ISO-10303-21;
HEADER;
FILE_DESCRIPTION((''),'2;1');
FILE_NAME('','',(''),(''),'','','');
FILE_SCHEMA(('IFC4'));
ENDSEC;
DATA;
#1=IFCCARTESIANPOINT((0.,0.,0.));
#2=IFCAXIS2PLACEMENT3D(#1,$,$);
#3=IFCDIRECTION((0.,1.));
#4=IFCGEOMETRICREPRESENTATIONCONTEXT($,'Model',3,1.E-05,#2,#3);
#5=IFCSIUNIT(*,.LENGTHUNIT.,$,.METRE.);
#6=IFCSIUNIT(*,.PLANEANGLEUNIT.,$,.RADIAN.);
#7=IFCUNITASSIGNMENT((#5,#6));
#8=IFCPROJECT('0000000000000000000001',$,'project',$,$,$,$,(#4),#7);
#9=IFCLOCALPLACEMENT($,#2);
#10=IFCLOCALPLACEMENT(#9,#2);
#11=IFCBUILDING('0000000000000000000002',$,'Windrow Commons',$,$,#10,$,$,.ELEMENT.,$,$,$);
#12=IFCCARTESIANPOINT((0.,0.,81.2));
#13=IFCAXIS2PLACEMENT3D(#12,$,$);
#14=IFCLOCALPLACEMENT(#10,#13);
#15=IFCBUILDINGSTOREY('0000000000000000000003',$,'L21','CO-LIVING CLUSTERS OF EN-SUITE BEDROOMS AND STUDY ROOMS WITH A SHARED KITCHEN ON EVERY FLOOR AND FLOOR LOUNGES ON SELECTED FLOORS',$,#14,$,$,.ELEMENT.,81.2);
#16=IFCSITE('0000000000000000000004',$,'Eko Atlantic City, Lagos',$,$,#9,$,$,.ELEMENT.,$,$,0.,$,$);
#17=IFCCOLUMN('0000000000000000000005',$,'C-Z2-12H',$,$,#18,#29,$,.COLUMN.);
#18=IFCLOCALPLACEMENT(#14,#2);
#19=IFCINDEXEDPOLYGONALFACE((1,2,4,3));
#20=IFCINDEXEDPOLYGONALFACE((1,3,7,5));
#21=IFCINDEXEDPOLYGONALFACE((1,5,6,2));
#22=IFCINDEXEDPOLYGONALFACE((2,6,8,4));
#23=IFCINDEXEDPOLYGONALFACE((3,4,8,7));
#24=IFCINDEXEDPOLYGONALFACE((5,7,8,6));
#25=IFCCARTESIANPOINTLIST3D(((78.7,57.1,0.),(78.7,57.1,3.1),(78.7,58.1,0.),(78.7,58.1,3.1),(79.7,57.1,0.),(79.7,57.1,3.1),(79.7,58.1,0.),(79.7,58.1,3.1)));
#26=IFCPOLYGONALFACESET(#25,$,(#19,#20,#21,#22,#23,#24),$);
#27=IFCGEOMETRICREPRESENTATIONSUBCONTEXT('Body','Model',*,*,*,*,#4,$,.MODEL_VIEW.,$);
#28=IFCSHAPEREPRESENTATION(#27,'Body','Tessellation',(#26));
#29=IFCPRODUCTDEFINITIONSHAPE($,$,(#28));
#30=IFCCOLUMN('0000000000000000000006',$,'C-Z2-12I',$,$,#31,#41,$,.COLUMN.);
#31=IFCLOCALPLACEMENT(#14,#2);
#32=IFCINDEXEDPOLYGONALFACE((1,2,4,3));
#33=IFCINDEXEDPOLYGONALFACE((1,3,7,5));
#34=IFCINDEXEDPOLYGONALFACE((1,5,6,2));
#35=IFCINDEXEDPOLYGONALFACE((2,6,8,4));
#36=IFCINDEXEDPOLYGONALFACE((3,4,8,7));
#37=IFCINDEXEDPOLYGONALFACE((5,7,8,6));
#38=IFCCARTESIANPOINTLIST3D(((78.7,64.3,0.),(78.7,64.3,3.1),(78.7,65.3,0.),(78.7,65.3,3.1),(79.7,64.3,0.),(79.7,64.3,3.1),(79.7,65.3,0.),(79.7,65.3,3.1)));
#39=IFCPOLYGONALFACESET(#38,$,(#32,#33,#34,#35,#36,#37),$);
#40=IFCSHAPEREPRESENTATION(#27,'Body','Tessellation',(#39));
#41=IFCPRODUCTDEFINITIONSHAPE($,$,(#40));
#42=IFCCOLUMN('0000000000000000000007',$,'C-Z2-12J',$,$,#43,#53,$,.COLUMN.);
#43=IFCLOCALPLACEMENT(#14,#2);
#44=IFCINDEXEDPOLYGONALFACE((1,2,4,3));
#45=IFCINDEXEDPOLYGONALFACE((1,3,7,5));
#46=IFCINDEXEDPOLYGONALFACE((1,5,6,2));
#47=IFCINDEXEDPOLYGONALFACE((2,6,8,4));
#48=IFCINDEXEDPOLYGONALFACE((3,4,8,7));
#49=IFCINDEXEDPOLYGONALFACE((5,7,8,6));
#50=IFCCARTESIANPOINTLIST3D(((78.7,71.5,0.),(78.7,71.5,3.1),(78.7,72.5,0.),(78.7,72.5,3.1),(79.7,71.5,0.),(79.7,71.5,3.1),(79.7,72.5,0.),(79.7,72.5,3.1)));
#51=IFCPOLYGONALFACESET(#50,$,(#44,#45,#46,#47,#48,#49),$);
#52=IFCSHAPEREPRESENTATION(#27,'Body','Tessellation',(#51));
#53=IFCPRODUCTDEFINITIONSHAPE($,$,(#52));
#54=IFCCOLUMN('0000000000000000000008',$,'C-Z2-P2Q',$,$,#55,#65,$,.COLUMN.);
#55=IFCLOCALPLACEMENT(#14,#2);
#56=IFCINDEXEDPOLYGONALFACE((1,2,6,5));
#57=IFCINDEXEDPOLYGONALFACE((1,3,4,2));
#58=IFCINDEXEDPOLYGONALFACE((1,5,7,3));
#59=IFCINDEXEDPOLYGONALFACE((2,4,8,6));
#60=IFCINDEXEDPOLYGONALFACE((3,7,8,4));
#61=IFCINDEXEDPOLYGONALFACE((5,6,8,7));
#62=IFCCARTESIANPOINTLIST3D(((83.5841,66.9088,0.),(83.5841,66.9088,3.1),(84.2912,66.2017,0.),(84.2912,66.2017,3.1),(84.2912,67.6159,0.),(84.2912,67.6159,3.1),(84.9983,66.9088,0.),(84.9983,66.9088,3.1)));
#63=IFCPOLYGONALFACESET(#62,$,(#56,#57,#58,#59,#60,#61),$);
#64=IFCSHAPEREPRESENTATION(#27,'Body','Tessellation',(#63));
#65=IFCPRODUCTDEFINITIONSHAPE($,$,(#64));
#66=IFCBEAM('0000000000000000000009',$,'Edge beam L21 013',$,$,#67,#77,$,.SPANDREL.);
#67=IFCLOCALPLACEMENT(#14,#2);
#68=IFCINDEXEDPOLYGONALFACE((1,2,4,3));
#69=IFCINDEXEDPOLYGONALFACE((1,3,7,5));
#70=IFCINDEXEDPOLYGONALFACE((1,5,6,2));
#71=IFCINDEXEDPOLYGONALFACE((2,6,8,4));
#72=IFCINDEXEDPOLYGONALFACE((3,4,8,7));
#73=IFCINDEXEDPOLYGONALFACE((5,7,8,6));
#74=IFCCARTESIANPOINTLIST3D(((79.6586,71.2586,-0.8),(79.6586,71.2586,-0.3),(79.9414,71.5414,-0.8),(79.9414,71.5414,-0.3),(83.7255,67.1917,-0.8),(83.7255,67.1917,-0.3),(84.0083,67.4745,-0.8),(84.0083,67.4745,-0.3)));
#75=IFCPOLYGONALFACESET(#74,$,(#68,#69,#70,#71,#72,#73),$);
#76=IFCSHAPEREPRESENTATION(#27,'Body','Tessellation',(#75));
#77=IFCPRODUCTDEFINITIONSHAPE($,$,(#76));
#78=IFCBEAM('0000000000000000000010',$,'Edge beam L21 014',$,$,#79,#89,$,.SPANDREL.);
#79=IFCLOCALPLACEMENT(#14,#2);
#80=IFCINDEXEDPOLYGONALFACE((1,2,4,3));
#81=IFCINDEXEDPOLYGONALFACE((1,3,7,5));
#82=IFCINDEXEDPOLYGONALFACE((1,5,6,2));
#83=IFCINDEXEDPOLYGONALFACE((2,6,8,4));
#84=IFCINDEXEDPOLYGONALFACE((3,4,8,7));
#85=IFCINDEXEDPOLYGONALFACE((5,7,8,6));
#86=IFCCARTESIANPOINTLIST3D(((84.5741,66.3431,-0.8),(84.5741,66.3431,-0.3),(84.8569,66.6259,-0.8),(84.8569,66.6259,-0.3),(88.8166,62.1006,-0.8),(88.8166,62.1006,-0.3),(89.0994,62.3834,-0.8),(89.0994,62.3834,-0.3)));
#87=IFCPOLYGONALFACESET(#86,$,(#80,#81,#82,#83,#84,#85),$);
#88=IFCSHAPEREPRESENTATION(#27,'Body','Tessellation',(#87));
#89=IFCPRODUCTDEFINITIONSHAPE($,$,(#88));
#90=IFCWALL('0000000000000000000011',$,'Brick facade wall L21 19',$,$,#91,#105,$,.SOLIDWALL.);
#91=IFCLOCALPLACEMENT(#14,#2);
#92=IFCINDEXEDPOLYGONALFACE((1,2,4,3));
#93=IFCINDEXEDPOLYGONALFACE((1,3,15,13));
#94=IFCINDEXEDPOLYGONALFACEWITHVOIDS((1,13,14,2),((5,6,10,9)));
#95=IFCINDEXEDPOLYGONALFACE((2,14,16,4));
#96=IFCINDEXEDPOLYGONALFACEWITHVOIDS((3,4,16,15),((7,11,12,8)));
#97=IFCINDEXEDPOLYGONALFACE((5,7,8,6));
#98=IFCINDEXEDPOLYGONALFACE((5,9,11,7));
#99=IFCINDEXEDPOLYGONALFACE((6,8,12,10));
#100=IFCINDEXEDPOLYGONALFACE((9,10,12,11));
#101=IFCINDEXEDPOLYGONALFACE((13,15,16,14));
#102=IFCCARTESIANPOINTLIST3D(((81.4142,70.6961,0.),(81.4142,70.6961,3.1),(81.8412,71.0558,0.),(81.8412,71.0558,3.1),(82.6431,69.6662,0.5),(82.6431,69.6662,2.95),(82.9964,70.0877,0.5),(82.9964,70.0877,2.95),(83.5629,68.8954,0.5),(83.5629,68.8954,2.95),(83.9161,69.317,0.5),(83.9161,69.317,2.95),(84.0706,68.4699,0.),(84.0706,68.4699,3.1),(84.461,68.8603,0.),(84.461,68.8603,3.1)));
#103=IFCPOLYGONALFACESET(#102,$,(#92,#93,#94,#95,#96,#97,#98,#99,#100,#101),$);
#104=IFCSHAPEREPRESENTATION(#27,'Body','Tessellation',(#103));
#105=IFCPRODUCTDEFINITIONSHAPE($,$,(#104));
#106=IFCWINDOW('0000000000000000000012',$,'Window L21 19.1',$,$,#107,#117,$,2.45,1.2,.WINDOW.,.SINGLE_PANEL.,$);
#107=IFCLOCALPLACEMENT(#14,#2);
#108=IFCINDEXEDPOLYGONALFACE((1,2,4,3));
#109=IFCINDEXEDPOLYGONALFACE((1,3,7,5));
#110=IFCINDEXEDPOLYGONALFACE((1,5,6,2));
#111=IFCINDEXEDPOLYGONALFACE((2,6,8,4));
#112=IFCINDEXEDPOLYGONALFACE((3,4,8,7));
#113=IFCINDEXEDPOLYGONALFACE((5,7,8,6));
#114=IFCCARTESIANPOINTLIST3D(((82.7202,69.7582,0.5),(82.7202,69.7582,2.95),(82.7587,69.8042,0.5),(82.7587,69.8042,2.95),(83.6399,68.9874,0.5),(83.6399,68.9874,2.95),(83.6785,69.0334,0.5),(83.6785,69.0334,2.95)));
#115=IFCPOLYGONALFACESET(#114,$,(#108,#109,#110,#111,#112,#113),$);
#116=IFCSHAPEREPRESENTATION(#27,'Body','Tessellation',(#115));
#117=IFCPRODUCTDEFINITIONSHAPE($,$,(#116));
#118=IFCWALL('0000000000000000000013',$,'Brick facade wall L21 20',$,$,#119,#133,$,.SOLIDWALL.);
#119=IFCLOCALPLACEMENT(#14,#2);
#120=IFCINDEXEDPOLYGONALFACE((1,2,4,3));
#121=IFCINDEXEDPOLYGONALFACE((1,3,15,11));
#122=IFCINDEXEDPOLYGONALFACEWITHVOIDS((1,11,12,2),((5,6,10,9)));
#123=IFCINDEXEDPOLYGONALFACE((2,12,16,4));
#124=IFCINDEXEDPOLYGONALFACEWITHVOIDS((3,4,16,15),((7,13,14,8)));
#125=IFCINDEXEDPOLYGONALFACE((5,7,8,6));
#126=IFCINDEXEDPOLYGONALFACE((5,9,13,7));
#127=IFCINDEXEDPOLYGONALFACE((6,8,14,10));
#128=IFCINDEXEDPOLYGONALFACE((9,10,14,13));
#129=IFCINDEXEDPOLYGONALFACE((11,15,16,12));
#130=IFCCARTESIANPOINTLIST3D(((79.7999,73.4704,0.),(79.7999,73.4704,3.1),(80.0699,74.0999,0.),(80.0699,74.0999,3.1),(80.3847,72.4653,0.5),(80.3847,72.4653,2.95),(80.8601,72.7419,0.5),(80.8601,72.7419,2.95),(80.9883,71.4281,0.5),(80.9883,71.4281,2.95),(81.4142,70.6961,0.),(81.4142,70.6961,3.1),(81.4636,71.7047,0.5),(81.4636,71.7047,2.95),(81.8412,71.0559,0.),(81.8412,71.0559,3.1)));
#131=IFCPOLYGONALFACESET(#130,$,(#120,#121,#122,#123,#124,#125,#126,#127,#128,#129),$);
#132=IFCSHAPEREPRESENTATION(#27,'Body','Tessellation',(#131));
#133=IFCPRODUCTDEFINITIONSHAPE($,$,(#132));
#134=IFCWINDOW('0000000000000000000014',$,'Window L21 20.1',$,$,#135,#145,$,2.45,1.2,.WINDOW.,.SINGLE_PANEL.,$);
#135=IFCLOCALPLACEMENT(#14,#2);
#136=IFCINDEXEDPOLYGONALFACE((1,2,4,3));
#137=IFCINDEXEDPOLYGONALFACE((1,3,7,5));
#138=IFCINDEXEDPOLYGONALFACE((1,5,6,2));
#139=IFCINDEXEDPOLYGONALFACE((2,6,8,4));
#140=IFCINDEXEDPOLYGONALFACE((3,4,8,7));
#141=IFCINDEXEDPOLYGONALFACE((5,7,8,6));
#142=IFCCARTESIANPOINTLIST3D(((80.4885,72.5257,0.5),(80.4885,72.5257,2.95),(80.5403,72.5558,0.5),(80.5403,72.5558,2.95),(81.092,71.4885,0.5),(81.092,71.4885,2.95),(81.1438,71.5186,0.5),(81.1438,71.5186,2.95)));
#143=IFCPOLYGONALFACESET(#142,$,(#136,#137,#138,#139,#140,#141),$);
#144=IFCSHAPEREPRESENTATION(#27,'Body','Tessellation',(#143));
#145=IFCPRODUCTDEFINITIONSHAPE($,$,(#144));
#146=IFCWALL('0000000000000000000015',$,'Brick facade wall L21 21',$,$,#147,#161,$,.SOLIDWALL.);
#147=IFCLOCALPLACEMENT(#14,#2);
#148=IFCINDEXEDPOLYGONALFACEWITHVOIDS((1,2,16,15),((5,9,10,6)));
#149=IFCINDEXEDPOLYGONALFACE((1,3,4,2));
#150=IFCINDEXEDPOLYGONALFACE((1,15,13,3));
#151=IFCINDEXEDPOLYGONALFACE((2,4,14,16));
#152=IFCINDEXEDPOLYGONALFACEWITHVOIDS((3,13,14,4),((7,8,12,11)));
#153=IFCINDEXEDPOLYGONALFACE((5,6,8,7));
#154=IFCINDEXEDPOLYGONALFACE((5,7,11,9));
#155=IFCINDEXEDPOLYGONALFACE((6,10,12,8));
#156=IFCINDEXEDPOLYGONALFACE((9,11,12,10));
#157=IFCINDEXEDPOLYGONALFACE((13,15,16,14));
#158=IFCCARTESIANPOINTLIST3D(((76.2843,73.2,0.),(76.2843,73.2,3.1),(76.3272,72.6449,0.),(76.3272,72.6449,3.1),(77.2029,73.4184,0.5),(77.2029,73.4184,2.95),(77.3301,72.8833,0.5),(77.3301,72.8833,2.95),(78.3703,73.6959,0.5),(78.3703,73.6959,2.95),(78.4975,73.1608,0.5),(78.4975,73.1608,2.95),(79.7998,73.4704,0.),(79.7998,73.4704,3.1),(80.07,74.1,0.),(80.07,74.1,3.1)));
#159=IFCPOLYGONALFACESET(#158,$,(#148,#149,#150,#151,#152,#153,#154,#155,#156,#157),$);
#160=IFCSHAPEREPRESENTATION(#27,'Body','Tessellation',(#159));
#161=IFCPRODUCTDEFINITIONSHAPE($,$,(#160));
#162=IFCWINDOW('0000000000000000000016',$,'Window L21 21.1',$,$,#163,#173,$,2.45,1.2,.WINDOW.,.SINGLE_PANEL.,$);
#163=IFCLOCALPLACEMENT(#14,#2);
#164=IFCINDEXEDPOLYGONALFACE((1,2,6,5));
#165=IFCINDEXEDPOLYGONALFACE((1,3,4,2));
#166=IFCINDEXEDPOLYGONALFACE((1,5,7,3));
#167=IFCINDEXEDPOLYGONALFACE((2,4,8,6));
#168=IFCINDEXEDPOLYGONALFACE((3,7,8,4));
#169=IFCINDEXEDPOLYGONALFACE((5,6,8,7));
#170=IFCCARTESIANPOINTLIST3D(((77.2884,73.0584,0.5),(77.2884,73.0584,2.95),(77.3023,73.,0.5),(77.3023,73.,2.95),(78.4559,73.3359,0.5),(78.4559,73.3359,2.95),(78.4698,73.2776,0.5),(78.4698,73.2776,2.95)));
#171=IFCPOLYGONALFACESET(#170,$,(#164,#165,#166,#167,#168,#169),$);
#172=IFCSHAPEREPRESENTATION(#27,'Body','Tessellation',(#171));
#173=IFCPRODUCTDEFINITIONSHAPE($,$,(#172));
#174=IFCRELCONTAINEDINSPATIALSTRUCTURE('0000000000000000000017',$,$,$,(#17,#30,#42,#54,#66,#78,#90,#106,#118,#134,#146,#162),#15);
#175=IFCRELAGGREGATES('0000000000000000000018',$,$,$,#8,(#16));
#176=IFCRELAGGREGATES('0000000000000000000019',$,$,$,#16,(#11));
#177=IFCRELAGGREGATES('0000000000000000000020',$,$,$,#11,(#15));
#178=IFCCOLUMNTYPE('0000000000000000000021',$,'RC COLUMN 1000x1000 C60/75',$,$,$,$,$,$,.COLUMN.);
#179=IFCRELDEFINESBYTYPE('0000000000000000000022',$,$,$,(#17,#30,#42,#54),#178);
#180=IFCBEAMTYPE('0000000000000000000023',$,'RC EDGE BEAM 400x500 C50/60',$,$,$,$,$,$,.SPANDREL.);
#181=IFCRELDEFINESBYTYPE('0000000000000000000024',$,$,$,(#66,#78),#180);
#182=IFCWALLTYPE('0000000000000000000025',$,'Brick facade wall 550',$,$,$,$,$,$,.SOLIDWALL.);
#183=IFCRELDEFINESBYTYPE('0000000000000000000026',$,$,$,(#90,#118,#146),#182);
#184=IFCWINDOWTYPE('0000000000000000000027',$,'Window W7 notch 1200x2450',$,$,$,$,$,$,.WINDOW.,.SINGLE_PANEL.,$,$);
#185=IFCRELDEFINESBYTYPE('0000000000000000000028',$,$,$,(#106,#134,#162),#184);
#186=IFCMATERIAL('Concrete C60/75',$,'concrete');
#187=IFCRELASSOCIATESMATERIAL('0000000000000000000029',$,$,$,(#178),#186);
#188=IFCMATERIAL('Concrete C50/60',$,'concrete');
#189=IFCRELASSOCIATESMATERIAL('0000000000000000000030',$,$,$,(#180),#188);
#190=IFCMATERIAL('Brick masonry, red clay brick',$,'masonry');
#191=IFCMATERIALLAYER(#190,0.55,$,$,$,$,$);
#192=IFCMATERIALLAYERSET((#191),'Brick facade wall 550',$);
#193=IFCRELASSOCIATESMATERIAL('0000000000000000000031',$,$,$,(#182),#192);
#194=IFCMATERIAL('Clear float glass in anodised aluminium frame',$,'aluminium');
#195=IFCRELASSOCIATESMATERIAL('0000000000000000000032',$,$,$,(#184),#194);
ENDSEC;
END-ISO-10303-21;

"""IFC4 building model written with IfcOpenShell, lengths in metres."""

from ifc_helpers import new_model, si_unit, direction, frame, frame_2d, origin, origin_2d, place, context, subcontext, project, spatial, polyline, rectangle, outline, extrude, material, layer, layer_set, material_profile, profile_set, type_object, element, fill, save


model = new_model("IFC4")

# Units and contexts
model_context = context("Model", 3, precision=1e-05, world=origin(), true_north=direction((0.0, 1.0)))
body_context = subcontext(model_context, "Body", "Model", "MODEL_VIEW")
ifc_project = project(units=[si_unit("LENGTHUNIT", "METRE"), si_unit("PLANEANGLEUNIT", "RADIAN")], contexts=[model_context])

# Site, building, storey
site_placement = place(None, origin())
site = spatial("IfcSite", under=ifc_project, at=site_placement, Name="Eko Atlantic City, Lagos", CompositionType="ELEMENT", RefElevation=0.0)
building_placement = place(site_placement, origin())
building = spatial("IfcBuilding", under=site, at=building_placement, Name="Windrow Commons", CompositionType="ELEMENT")
storey_placement = place(building_placement, frame((0.0, 0.0, 81.2)))
storey = spatial("IfcBuildingStorey", under=building, at=storey_placement, Name="L21", Description="CO-LIVING CLUSTERS OF EN-SUITE BEDROOMS AND STUDY ROOMS WITH A SHARED KITCHEN ON EVERY FLOOR AND FLOOR LOUNGES ON SELECTED FLOORS", CompositionType="ELEMENT", Elevation=81.2)

# Columns
ifc_material_1 = material(Name="Concrete C60/75", Category="concrete")
ifc_material_profile_1 = material_profile(ifc_material_1, rectangle(XDim=1.0, YDim=1.0, at=origin_2d()))
ifc_profile_set_1 = profile_set([ifc_material_profile_1], Name="Concrete C60/75")
column_type = type_object("IfcColumnType", Name="RC COLUMN 1000x1000 C60/75", PredefinedType="COLUMN", material=ifc_profile_set_1)
for number, where, z_axis, x_axis, name in (
    (1, (79.2, 57.6, 0.0), (0.0, 0.0, 1.0), (1.0, 0.0, 0.0), "C-Z2-12H"),
    (2, (79.2, 64.8, 0.0), (0.0, 0.0, 1.0), (1.0, 0.0, 0.0), "C-Z2-12I"),
    (3, (79.2, 72.0, 0.0), (0.0, 0.0, 1.0), (1.0, 0.0, 0.0), "C-Z2-12J"),
    (4, (84.2912, 66.9088, 0.0), (0.0, 0.0, 1.0), (0.707107, -0.707107, 0.0), "C-Z2-P2Q"),
):
    element("IfcColumn", number, at=place(storey_placement, frame(where, z_axis=z_axis, x_axis=x_axis)), inside=storey, type_object=column_type, Name=name, PredefinedType="COLUMN", context=body_context, shape_type="SweptSolid", body=[
        extrude(rectangle(XDim=1.0, YDim=1.0, at=origin_2d()), origin(), (0.0, 0.0, 1.0), 3.1),
    ])

# Beams
ifc_material_2 = material(Name="Concrete C50/60", Category="concrete")
ifc_material_profile_2 = material_profile(ifc_material_2, rectangle(XDim=0.4, YDim=0.5, at=origin_2d()))
ifc_profile_set_2 = profile_set([ifc_material_profile_2], Name="Concrete C50/60")
beam_type = type_object("IfcBeamType", Name="RC EDGE BEAM 400x500 C50/60", PredefinedType="SPANDREL", material=ifc_profile_set_2)
beam_1_placement = place(storey_placement, frame((79.8, 71.4, -0.55), z_axis=(0.707107, -0.707107, 0.0), x_axis=(0.707107, 0.707107, 0.0)))
element("IfcBeam", 5, at=beam_1_placement, inside=storey, type_object=beam_type, Name="Edge beam L21 013", PredefinedType="SPANDREL", context=body_context, shape_type="SweptSolid", body=[
    extrude(rectangle(XDim=0.4, YDim=0.5, at=origin_2d()), origin(), (0.0, 0.0, 1.0), 5.7515),
])
beam_2_placement = place(storey_placement, frame((84.7155, 66.4845, -0.55), z_axis=(0.707107, -0.707107, 0.0), x_axis=(0.707107, 0.707107, 0.0)))
element("IfcBeam", 6, at=beam_2_placement, inside=storey, type_object=beam_type, Name="Edge beam L21 014", PredefinedType="SPANDREL", context=body_context, shape_type="SweptSolid", body=[
    extrude(rectangle(XDim=0.4, YDim=0.5, at=origin_2d()), origin(), (0.0, 0.0, 1.0), 5.9998),
])

# Walls, openings, windows
ifc_material_3 = material(Name="Brick masonry, red clay brick", Category="masonry")
ifc_layer_1 = layer(ifc_material_3, 0.55)
ifc_layer_set_1 = layer_set([ifc_layer_1], Name="Brick facade wall 550")
wall_type_1 = type_object("IfcWallType", Name="Brick facade wall 550", PredefinedType="SOLIDWALL", material=ifc_layer_set_1)
wall_1_placement = place(storey_placement, frame((84.2658, 68.6651, 0.0), z_axis=(0.0, 0.0, 1.0), x_axis=(-0.766435, 0.642322, 0.0)))
wall_1 = element("IfcWall", 7, at=wall_1_placement, inside=storey, type_object=wall_type_1, Name="Brick facade wall L21 19", PredefinedType="SOLIDWALL", context=body_context, shape_type="SweptSolid", body=[
    extrude(outline(polyline([(-0.0242, -0.275), (3.3939, -0.275), (3.4901, 0.275), (0.0242, 0.275), (-0.0242, -0.275)])), origin(), (0.0, 0.0, 1.0), 3.1),
])
opening_1_placement = place(wall_1_placement, frame((0.6867, 0.0, 0.5)))
opening_1 = element("IfcOpeningElement", 8, at=opening_1_placement, cuts=wall_1, PredefinedType="OPENING", context=body_context, shape_type="SweptSolid", body=[
    extrude(rectangle(XDim=1.2, YDim=2.45, at=frame_2d((0.6, 1.225))), frame((0.0, 0.285, 0.0), z_axis=(0.0, -1.0, 0.0), x_axis=(1.0, 0.0, 0.0)), (0.0, 0.0, 1.0), 0.57),
])
ifc_material_4 = material(Name="Clear float glass in anodised aluminium frame", Category="aluminium")
window_type = type_object("IfcWindowType", Name="Window W7 notch 1200x2450", PartitioningType="SINGLE_PANEL", PredefinedType="WINDOW", material=ifc_material_4)
window_1_placement = place(opening_1_placement, origin())
window_1 = element("IfcWindow", 9, at=window_1_placement, inside=storey, type_object=window_type, Name="Window L21 19.1", OverallHeight=2.45, OverallWidth=1.2, PartitioningType="SINGLE_PANEL", PredefinedType="WINDOW", context=body_context, shape_type="SweptSolid", body=[
    extrude(rectangle(XDim=1.2, YDim=2.45, at=frame_2d((0.6, 1.225))), frame((0.0, 0.155, 0.0), z_axis=(0.0, -1.0, 0.0), x_axis=(1.0, 0.0, 0.0)), (0.0, 0.0, 1.0), 0.06),
])
fill(opening_1, window_1)
wall_2_placement = place(storey_placement, frame((81.6277, 70.876, 0.0), z_axis=(0.0, 0.0, 1.0), x_axis=(-0.502932, 0.864326, 0.0)))
wall_2 = element("IfcWall", 10, at=wall_2_placement, inside=storey, type_object=wall_type_1, Name="Brick facade wall L21 20", PredefinedType="SOLIDWALL", context=body_context, shape_type="SweptSolid", body=[
    extrude(outline(polyline([(0.0481, -0.275), (3.57, -0.275), (3.1617, 0.275), (-0.0481, 0.275), (0.0481, -0.275)])), origin(), (0.0, 0.0, 1.0), 3.1),
])
opening_2_placement = place(wall_2_placement, frame((0.7988, 0.0, 0.5)))
opening_2 = element("IfcOpeningElement", 11, at=opening_2_placement, cuts=wall_2, PredefinedType="OPENING", context=body_context, shape_type="SweptSolid", body=[
    extrude(rectangle(XDim=1.2, YDim=2.45, at=frame_2d((0.6, 1.225))), frame((0.0, 0.285, 0.0), z_axis=(0.0, -1.0, 0.0), x_axis=(1.0, 0.0, 0.0)), (0.0, 0.0, 1.0), 0.57),
])
window_2_placement = place(opening_2_placement, origin())
window_2 = element("IfcWindow", 12, at=window_2_placement, inside=storey, type_object=window_type, Name="Window L21 20.1", OverallHeight=2.45, OverallWidth=1.2, PartitioningType="SINGLE_PANEL", PredefinedType="WINDOW", context=body_context, shape_type="SweptSolid", body=[
    extrude(rectangle(XDim=1.2, YDim=2.45, at=frame_2d((0.6, 1.225))), frame((0.0, 0.155, 0.0), z_axis=(0.0, -1.0, 0.0), x_axis=(1.0, 0.0, 0.0)), (0.0, 0.0, 1.0), 0.06),
])
fill(opening_2, window_2)
wall_3_placement = place(storey_placement, frame((79.9349, 73.7852, 0.0), z_axis=(0.0, 0.0, 1.0), x_axis=(-0.972884, -0.231292, 0.0)))
wall_3 = element("IfcWall", 13, at=wall_3_placement, inside=storey, type_object=wall_type_1, Name="Brick facade wall L21 21", PredefinedType="SOLIDWALL", context=body_context, shape_type="SweptSolid", body=[
    extrude(outline(polyline([(-0.2042, -0.275), (3.687, -0.275), (3.7736, 0.275), (0.2042, 0.275), (-0.2042, -0.275)])), origin(), (0.0, 0.0, 1.0), 3.1),
])
opening_3_placement = place(wall_3_placement, frame((1.5428, 0.0, 0.5)))
opening_3 = element("IfcOpeningElement", 14, at=opening_3_placement, cuts=wall_3, PredefinedType="OPENING", context=body_context, shape_type="SweptSolid", body=[
    extrude(rectangle(XDim=1.2, YDim=2.45, at=frame_2d((0.6, 1.225))), frame((0.0, 0.285, 0.0), z_axis=(0.0, -1.0, 0.0), x_axis=(1.0, 0.0, 0.0)), (0.0, 0.0, 1.0), 0.57),
])
window_3_placement = place(opening_3_placement, origin())
window_3 = element("IfcWindow", 15, at=window_3_placement, inside=storey, type_object=window_type, Name="Window L21 21.1", OverallHeight=2.45, OverallWidth=1.2, PartitioningType="SINGLE_PANEL", PredefinedType="WINDOW", context=body_context, shape_type="SweptSolid", body=[
    extrude(rectangle(XDim=1.2, YDim=2.45, at=frame_2d((0.6, 1.225))), frame((0.0, 0.155, 0.0), z_axis=(0.0, -1.0, 0.0), x_axis=(1.0, 0.0, 0.0)), (0.0, 0.0, 1.0), 0.06),
])
fill(opening_3, window_3)

save(model, "model.ifc")
